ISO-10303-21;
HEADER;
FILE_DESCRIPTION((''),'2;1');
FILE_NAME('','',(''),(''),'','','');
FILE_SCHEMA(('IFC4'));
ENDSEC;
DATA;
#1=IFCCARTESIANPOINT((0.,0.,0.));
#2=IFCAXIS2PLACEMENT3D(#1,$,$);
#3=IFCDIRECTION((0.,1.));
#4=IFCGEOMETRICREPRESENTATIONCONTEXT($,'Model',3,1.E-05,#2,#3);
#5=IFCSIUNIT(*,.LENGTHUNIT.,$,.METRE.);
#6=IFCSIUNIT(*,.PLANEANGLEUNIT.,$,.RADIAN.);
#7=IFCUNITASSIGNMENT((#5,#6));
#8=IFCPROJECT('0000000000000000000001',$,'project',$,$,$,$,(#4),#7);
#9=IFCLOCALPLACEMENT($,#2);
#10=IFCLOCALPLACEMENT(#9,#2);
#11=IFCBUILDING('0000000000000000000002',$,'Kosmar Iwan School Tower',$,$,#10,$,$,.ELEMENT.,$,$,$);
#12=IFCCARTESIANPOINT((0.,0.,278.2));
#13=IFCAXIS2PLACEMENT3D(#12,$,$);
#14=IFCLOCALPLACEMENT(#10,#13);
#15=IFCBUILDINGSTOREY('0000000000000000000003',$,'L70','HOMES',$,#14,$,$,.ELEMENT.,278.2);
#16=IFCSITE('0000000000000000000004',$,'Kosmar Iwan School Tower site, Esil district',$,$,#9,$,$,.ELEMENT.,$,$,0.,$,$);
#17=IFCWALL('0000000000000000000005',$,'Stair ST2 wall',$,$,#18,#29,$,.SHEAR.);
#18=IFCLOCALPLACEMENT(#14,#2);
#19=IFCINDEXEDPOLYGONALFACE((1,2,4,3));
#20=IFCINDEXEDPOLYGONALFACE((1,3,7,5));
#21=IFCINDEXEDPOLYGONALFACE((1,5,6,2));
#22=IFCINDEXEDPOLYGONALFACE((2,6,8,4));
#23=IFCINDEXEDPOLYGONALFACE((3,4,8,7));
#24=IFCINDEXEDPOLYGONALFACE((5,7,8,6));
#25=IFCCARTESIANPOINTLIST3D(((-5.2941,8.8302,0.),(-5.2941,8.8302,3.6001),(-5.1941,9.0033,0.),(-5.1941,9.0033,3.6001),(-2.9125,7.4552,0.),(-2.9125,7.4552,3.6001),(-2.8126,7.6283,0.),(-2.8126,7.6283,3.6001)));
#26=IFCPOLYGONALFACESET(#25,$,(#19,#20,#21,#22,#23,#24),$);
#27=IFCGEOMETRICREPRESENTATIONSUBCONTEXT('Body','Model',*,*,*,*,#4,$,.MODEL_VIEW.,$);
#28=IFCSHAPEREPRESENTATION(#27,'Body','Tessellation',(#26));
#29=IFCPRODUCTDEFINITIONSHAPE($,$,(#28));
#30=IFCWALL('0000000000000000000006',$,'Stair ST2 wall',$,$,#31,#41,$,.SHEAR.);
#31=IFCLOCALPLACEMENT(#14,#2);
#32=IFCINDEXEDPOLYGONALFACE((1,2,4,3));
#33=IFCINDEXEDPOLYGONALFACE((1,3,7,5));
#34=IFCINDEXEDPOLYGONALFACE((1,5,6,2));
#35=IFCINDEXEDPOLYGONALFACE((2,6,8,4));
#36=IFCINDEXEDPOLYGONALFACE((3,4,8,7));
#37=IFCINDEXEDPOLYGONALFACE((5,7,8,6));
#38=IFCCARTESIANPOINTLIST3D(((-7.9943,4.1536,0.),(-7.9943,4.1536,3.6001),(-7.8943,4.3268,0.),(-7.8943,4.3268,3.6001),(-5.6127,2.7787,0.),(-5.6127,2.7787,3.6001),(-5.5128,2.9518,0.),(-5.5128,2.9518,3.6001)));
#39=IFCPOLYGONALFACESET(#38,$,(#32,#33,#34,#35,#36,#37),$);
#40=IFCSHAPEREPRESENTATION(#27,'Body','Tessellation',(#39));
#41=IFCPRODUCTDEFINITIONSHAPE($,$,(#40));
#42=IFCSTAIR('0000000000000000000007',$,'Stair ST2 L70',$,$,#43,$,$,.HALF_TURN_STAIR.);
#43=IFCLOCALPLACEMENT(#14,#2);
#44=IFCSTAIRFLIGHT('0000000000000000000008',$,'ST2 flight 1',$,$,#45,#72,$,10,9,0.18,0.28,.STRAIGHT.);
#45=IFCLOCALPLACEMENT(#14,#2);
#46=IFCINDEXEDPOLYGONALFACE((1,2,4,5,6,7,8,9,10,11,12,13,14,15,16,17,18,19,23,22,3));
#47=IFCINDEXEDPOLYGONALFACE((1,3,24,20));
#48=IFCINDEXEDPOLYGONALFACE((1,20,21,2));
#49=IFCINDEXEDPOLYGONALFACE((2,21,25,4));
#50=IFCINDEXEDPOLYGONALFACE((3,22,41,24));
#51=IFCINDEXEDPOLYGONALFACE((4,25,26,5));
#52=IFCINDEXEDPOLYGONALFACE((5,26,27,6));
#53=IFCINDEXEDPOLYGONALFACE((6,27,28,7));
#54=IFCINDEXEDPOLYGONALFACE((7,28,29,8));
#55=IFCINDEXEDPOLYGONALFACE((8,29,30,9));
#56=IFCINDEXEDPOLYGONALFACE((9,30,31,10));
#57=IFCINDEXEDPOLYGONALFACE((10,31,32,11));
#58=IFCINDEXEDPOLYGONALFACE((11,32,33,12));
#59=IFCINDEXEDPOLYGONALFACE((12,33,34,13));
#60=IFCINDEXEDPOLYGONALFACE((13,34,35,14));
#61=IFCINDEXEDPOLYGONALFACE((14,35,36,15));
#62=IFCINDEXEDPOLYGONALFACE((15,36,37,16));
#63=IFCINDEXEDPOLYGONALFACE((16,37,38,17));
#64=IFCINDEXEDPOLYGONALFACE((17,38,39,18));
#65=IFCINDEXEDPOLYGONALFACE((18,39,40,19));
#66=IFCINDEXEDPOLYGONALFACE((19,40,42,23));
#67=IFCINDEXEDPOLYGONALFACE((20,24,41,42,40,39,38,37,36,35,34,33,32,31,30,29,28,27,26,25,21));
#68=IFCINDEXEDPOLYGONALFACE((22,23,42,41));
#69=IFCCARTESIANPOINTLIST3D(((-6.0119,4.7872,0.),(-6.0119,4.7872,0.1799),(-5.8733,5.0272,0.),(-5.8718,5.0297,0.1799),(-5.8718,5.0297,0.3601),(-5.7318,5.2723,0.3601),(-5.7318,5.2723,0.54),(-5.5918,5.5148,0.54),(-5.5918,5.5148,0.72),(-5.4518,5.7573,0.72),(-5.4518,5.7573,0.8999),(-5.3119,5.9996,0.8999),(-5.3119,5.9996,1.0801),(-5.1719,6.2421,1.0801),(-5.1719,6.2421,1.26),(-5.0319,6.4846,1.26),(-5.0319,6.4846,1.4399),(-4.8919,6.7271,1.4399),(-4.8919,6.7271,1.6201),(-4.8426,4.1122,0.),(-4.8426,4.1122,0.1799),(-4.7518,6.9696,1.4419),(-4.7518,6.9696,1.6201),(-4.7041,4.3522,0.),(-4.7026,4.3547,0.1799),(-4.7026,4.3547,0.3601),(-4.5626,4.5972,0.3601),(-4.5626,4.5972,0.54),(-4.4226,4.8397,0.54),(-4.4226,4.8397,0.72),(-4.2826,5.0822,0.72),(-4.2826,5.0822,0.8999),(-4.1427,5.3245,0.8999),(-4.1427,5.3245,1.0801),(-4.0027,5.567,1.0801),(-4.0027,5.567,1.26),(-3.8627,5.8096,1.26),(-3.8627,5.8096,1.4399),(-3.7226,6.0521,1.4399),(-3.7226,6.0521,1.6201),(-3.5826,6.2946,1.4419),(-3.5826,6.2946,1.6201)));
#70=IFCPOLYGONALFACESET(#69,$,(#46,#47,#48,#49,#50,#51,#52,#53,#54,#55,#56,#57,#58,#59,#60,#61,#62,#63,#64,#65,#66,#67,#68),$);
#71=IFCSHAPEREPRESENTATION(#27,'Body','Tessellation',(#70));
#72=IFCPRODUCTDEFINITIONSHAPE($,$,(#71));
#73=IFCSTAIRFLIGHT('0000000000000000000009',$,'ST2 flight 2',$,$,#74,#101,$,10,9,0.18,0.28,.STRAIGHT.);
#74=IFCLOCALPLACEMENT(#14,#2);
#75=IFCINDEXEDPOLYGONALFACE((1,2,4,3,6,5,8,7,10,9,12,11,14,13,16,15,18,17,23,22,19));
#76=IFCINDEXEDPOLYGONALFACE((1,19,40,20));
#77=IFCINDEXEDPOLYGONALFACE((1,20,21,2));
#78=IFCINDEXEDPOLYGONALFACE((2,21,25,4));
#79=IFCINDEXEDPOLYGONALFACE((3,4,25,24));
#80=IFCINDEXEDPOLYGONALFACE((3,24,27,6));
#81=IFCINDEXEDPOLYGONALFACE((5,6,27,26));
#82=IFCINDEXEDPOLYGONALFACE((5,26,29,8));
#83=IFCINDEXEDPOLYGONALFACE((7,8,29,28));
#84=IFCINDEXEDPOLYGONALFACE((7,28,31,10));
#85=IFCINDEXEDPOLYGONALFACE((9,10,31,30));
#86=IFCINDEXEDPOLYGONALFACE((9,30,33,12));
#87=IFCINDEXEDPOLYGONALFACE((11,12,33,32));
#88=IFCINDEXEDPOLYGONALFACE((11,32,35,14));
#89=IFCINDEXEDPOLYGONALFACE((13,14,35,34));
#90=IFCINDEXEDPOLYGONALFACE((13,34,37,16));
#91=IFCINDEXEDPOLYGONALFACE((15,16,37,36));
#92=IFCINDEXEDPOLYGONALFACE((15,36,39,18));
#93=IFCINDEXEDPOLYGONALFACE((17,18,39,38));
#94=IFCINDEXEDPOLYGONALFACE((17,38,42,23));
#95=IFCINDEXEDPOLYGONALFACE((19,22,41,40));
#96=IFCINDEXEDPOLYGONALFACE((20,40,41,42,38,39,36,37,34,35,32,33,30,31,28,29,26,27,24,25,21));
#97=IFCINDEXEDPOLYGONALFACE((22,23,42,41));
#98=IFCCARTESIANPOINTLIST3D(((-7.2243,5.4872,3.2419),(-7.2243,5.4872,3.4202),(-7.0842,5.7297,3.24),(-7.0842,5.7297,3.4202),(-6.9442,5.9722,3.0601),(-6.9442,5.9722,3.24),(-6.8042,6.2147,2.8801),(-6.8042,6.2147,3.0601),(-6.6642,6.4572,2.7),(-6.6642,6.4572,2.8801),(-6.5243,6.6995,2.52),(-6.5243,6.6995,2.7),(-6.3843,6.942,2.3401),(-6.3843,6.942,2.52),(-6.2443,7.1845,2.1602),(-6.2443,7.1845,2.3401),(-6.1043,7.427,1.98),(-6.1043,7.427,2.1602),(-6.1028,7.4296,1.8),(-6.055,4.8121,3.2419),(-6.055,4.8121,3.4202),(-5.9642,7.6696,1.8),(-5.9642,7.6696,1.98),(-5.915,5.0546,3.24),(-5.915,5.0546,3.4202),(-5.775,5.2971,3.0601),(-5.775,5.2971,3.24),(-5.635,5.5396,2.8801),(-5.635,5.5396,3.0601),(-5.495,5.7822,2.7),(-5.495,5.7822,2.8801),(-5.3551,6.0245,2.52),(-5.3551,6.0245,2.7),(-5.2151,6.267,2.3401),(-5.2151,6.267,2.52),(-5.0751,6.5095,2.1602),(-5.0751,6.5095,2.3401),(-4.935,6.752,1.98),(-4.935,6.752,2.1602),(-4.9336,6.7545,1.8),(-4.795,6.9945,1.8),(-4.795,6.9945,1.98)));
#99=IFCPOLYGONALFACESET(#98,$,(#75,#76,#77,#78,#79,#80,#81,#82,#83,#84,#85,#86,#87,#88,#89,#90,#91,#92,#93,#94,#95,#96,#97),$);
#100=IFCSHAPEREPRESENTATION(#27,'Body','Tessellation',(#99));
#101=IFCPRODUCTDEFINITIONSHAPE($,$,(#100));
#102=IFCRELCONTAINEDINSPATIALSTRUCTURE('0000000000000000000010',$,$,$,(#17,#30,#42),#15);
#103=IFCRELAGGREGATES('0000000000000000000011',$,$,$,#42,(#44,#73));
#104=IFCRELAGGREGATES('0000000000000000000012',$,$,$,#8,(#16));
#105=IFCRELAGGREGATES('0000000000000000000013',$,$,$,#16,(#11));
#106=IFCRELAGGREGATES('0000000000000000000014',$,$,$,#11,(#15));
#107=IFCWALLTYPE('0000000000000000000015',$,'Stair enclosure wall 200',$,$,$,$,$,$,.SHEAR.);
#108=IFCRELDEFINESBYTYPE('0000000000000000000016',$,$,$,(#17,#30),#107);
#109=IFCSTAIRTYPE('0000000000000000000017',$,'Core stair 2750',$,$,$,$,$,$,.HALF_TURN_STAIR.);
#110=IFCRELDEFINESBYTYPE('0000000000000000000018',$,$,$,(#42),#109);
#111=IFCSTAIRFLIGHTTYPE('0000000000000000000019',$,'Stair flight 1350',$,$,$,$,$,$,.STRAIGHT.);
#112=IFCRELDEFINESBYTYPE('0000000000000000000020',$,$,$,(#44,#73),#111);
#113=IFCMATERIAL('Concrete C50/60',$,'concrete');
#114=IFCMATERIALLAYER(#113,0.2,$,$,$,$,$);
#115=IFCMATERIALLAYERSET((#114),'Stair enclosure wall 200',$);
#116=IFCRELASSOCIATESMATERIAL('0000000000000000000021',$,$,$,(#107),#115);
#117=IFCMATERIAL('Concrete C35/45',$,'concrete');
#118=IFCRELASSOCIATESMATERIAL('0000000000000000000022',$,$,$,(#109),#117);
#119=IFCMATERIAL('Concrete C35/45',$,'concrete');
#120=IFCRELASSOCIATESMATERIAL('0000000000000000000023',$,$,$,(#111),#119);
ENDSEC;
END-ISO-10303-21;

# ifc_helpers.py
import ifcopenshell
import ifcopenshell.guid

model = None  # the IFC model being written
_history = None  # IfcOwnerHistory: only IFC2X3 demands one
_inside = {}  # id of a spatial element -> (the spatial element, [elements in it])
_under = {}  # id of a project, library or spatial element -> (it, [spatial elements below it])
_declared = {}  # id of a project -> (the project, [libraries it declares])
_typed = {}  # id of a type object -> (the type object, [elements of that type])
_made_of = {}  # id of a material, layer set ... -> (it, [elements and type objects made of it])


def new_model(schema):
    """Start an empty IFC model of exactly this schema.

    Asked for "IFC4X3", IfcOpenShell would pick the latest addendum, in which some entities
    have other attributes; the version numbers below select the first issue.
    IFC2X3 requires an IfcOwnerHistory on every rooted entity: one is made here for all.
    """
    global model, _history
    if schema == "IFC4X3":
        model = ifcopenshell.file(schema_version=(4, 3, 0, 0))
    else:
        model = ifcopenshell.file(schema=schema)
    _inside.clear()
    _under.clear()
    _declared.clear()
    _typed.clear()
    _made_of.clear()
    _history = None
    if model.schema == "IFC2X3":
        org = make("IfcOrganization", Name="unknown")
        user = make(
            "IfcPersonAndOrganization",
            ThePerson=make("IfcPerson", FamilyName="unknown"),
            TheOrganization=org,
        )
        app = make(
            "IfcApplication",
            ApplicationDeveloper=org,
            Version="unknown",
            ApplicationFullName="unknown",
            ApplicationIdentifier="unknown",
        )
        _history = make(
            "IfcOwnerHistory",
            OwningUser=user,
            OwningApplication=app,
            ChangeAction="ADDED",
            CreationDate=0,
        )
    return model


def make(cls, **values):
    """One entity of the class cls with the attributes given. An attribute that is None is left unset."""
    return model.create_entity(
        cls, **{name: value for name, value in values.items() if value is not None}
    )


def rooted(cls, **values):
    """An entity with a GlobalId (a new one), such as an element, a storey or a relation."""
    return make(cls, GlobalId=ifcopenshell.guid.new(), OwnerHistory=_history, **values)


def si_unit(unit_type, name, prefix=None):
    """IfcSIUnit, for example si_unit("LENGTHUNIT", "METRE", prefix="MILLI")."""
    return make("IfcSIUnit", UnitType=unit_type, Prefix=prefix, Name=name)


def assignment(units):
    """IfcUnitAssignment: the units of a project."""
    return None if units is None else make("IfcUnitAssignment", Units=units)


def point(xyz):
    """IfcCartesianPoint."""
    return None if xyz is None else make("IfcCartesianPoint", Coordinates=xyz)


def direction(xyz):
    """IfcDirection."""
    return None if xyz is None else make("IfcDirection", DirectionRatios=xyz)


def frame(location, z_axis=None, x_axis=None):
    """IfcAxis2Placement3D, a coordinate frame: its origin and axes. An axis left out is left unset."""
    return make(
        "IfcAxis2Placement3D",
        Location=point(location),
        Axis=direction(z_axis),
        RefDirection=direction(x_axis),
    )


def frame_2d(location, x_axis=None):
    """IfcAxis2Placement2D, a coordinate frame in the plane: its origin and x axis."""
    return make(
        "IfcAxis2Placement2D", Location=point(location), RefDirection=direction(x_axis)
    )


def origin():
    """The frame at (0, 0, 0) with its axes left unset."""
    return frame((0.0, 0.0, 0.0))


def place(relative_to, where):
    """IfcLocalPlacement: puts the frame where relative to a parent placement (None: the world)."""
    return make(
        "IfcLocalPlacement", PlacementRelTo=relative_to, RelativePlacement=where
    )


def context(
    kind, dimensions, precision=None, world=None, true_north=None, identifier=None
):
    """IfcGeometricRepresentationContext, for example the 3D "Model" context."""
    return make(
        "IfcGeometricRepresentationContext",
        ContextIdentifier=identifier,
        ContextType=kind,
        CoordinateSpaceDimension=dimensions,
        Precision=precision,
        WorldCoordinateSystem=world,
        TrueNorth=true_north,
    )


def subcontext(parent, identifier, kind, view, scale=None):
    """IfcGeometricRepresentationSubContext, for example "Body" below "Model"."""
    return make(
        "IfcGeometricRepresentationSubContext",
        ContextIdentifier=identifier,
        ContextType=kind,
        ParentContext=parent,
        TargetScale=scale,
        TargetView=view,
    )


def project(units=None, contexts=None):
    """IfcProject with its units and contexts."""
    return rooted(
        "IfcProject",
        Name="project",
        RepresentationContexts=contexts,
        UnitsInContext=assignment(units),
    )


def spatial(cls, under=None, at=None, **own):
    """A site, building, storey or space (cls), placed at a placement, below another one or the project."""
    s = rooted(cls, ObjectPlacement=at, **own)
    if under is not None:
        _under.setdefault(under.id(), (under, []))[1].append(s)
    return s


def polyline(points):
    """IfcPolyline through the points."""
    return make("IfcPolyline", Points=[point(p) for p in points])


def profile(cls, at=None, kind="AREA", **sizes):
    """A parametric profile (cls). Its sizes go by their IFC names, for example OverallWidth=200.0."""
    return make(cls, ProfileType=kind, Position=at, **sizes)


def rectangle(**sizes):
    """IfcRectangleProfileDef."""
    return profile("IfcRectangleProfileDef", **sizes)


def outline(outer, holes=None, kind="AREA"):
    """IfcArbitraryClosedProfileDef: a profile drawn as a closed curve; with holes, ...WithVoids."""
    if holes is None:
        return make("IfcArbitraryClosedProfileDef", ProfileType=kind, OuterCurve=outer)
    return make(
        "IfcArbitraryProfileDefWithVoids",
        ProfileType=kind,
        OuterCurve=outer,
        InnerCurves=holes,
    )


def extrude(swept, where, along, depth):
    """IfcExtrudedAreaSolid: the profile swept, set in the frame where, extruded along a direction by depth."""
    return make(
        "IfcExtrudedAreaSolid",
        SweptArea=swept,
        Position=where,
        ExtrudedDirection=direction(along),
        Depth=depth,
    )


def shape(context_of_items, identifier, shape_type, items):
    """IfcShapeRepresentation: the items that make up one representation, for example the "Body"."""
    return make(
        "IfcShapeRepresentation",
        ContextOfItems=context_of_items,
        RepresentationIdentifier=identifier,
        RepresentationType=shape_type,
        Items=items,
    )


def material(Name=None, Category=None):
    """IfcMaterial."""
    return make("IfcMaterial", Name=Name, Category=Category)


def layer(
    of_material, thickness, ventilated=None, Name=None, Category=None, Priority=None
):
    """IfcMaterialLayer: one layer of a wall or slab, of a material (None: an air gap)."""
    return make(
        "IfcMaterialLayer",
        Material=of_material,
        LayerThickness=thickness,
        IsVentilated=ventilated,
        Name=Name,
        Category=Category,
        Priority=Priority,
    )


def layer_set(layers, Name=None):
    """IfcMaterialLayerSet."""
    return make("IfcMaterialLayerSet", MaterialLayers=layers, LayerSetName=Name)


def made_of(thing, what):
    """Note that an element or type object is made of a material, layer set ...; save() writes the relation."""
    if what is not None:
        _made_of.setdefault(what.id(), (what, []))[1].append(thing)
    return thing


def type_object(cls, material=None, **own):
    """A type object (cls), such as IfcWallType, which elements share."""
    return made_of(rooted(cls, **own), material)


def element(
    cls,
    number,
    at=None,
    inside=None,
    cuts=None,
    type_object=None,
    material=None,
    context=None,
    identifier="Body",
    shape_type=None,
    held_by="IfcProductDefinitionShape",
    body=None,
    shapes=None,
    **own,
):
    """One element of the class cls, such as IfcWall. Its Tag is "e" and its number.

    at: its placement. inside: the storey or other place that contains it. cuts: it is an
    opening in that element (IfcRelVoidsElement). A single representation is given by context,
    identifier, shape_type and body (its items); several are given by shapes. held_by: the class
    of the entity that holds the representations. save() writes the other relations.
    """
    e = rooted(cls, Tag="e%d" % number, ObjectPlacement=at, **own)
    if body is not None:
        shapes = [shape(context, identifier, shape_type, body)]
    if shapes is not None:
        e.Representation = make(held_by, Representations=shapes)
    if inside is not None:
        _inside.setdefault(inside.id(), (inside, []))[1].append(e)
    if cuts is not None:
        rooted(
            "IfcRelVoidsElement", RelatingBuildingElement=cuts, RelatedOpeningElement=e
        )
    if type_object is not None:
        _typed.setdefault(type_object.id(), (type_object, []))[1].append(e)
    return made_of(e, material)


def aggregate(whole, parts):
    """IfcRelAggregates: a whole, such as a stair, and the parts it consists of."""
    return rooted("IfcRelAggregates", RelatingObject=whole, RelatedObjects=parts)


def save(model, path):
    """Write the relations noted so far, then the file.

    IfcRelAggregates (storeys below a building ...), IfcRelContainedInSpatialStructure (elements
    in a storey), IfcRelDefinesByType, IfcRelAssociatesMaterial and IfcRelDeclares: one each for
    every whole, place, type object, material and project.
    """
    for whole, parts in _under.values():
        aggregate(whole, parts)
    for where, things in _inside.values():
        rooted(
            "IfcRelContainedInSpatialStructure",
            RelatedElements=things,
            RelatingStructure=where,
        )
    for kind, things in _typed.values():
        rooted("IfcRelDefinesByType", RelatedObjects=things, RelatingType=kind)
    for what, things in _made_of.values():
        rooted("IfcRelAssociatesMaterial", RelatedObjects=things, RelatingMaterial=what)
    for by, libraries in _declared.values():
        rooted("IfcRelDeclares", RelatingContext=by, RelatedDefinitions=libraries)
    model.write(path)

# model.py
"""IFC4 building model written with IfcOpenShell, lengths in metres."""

from ifc_helpers import new_model, si_unit, direction, frame, frame_2d, origin, place, context, subcontext, project, spatial, polyline, rectangle, outline, extrude, material, layer, layer_set, type_object, element, aggregate, save


model = new_model("IFC4")

# Units and contexts
model_context = context("Model", 3, precision=1e-05, world=origin(), true_north=direction((0.0, 1.0)))
body_context = subcontext(model_context, "Body", "Model", "MODEL_VIEW")
ifc_project = project(units=[si_unit("LENGTHUNIT", "METRE"), si_unit("PLANEANGLEUNIT", "RADIAN")], contexts=[model_context])

# Site, building, storey
site_placement = place(None, origin())
site = spatial("IfcSite", under=ifc_project, at=site_placement, Name="Kosmar Iwan School Tower site, Esil district", CompositionType="ELEMENT", RefElevation=0.0)
building_placement = place(site_placement, origin())
building = spatial("IfcBuilding", under=site, at=building_placement, Name="Kosmar Iwan School Tower", CompositionType="ELEMENT")
storey_placement = place(building_placement, frame((0.0, 0.0, 278.2)))
storey = spatial("IfcBuildingStorey", under=building, at=storey_placement, Name="L70", Description="HOMES", CompositionType="ELEMENT", Elevation=278.2)

# Walls
ifc_material_1 = material(Name="Concrete C50/60", Category="concrete")
ifc_layer_1 = layer(ifc_material_1, 0.2)
ifc_layer_set_1 = layer_set([ifc_layer_1], Name="Stair enclosure wall 200")
wall_type_1 = type_object("IfcWallType", Name="Stair enclosure wall 200", PredefinedType="SHEAR", material=ifc_layer_set_1)
for number, where, z_axis, x_axis, name in (
    (1, (-2.8625, 7.5417, 0.0), (0.0, 0.0, 1.0), (-0.866027, 0.499997, 0.0), "Stair ST2 wall"),
    (2, (-5.5627, 2.8652, 0.0), (0.0, 0.0, 1.0), (-0.866027, 0.499997, 0.0), "Stair ST2 wall"),
):
    element("IfcWall", number, at=place(storey_placement, frame(where, z_axis=z_axis, x_axis=x_axis)), inside=storey, type_object=wall_type_1, Name=name, PredefinedType="SHEAR", context=body_context, shape_type="SweptSolid", body=[
        extrude(rectangle(XDim=2.75, YDim=0.2, at=frame_2d((1.375, 0.0))), origin(), (0.0, 0.0, 1.0), 3.6001),
    ])

# Stair, stair flights
ifc_material_2 = material(Name="Concrete C35/45", Category="concrete")
stair_type = type_object("IfcStairType", Name="Core stair 2750", PredefinedType="HALF_TURN_STAIR", material=ifc_material_2)
stair_placement = place(storey_placement, origin())
stair = element("IfcStair", 3, at=stair_placement, inside=storey, type_object=stair_type, Name="Stair ST2 L70", PredefinedType="HALF_TURN_STAIR")
ifc_material_3 = material(Name="Concrete C35/45", Category="concrete")
stair_flight_type = type_object("IfcStairFlightType", Name="Stair flight 1350", PredefinedType="STRAIGHT", material=ifc_material_3)
stair_flight_1_placement = place(storey_placement, frame((-5.4272, 4.4497, 0.0), z_axis=(0.0, 0.0, 1.0), x_axis=(0.5, 0.866025, 0.0)))
stair_flight_1 = element("IfcStairFlight", 4, at=stair_flight_1_placement, type_object=stair_flight_type, Name="ST2 flight 1", NumberOfRisers=10, NumberOfTreads=9, PredefinedType="STRAIGHT", RiserHeight=0.18, TreadLength=0.28, context=body_context, shape_type="SweptSolid", body=[
    extrude(outline(polyline([(0.0, 0.0), (0.0, 0.1799), (0.28, 0.1799), (0.28, 0.3601), (0.5601, 0.3601), (0.5601, 0.54), (0.8401, 0.54), (0.8401, 0.72), (1.1201, 0.72), (1.1201, 0.8999), (1.3999, 0.8999), (1.3999, 1.0801), (1.6799, 1.0801), (1.6799, 1.26), (1.96, 1.26), (1.96, 1.4399), (2.24, 1.4399), (2.24, 1.6201), (2.52, 1.6201), (2.52, 1.8), (2.52, 1.4419), (0.2771, 0.0), (0.0, 0.0)])), frame((0.0, 0.675, 0.0), z_axis=(0.0, -1.0, 0.0), x_axis=(1.0, 0.0, 0.0)), (0.0, 0.0, 1.0), 1.3501),
])
stair_flight_2_placement = place(storey_placement, frame((-5.3796, 7.332, 1.8), z_axis=(0.0, 0.0, 1.0), x_axis=(-0.5, -0.866025, 0.0)))
stair_flight_2 = element("IfcStairFlight", 5, at=stair_flight_2_placement, type_object=stair_flight_type, Name="ST2 flight 2", NumberOfRisers=10, NumberOfTreads=9, PredefinedType="STRAIGHT", RiserHeight=0.18, TreadLength=0.28, context=body_context, shape_type="SweptSolid", body=[
    extrude(outline(polyline([(0.0, 0.0), (0.0, 0.1799), (0.28, 0.1799), (0.28, 0.3601), (0.5601, 0.3601), (0.5601, 0.54), (0.8401, 0.54), (0.8401, 0.72), (1.1201, 0.72), (1.1201, 0.8999), (1.3999, 0.8999), (1.3999, 1.0801), (1.6799, 1.0801), (1.6799, 1.26), (1.96, 1.26), (1.96, 1.4399), (2.24, 1.4399), (2.24, 1.6201), (2.52, 1.6201), (2.52, 1.8), (2.52, 1.4419), (0.2771, 0.0), (0.0, 0.0)])), frame((0.0, 0.675, 0.0), z_axis=(0.0, -1.0, 0.0), x_axis=(1.0, 0.0, 0.0)), (0.0, 0.0, 1.0), 1.3501),
])
aggregate(stair, [stair_flight_1, stair_flight_2])

save(model, "model.ifc")
